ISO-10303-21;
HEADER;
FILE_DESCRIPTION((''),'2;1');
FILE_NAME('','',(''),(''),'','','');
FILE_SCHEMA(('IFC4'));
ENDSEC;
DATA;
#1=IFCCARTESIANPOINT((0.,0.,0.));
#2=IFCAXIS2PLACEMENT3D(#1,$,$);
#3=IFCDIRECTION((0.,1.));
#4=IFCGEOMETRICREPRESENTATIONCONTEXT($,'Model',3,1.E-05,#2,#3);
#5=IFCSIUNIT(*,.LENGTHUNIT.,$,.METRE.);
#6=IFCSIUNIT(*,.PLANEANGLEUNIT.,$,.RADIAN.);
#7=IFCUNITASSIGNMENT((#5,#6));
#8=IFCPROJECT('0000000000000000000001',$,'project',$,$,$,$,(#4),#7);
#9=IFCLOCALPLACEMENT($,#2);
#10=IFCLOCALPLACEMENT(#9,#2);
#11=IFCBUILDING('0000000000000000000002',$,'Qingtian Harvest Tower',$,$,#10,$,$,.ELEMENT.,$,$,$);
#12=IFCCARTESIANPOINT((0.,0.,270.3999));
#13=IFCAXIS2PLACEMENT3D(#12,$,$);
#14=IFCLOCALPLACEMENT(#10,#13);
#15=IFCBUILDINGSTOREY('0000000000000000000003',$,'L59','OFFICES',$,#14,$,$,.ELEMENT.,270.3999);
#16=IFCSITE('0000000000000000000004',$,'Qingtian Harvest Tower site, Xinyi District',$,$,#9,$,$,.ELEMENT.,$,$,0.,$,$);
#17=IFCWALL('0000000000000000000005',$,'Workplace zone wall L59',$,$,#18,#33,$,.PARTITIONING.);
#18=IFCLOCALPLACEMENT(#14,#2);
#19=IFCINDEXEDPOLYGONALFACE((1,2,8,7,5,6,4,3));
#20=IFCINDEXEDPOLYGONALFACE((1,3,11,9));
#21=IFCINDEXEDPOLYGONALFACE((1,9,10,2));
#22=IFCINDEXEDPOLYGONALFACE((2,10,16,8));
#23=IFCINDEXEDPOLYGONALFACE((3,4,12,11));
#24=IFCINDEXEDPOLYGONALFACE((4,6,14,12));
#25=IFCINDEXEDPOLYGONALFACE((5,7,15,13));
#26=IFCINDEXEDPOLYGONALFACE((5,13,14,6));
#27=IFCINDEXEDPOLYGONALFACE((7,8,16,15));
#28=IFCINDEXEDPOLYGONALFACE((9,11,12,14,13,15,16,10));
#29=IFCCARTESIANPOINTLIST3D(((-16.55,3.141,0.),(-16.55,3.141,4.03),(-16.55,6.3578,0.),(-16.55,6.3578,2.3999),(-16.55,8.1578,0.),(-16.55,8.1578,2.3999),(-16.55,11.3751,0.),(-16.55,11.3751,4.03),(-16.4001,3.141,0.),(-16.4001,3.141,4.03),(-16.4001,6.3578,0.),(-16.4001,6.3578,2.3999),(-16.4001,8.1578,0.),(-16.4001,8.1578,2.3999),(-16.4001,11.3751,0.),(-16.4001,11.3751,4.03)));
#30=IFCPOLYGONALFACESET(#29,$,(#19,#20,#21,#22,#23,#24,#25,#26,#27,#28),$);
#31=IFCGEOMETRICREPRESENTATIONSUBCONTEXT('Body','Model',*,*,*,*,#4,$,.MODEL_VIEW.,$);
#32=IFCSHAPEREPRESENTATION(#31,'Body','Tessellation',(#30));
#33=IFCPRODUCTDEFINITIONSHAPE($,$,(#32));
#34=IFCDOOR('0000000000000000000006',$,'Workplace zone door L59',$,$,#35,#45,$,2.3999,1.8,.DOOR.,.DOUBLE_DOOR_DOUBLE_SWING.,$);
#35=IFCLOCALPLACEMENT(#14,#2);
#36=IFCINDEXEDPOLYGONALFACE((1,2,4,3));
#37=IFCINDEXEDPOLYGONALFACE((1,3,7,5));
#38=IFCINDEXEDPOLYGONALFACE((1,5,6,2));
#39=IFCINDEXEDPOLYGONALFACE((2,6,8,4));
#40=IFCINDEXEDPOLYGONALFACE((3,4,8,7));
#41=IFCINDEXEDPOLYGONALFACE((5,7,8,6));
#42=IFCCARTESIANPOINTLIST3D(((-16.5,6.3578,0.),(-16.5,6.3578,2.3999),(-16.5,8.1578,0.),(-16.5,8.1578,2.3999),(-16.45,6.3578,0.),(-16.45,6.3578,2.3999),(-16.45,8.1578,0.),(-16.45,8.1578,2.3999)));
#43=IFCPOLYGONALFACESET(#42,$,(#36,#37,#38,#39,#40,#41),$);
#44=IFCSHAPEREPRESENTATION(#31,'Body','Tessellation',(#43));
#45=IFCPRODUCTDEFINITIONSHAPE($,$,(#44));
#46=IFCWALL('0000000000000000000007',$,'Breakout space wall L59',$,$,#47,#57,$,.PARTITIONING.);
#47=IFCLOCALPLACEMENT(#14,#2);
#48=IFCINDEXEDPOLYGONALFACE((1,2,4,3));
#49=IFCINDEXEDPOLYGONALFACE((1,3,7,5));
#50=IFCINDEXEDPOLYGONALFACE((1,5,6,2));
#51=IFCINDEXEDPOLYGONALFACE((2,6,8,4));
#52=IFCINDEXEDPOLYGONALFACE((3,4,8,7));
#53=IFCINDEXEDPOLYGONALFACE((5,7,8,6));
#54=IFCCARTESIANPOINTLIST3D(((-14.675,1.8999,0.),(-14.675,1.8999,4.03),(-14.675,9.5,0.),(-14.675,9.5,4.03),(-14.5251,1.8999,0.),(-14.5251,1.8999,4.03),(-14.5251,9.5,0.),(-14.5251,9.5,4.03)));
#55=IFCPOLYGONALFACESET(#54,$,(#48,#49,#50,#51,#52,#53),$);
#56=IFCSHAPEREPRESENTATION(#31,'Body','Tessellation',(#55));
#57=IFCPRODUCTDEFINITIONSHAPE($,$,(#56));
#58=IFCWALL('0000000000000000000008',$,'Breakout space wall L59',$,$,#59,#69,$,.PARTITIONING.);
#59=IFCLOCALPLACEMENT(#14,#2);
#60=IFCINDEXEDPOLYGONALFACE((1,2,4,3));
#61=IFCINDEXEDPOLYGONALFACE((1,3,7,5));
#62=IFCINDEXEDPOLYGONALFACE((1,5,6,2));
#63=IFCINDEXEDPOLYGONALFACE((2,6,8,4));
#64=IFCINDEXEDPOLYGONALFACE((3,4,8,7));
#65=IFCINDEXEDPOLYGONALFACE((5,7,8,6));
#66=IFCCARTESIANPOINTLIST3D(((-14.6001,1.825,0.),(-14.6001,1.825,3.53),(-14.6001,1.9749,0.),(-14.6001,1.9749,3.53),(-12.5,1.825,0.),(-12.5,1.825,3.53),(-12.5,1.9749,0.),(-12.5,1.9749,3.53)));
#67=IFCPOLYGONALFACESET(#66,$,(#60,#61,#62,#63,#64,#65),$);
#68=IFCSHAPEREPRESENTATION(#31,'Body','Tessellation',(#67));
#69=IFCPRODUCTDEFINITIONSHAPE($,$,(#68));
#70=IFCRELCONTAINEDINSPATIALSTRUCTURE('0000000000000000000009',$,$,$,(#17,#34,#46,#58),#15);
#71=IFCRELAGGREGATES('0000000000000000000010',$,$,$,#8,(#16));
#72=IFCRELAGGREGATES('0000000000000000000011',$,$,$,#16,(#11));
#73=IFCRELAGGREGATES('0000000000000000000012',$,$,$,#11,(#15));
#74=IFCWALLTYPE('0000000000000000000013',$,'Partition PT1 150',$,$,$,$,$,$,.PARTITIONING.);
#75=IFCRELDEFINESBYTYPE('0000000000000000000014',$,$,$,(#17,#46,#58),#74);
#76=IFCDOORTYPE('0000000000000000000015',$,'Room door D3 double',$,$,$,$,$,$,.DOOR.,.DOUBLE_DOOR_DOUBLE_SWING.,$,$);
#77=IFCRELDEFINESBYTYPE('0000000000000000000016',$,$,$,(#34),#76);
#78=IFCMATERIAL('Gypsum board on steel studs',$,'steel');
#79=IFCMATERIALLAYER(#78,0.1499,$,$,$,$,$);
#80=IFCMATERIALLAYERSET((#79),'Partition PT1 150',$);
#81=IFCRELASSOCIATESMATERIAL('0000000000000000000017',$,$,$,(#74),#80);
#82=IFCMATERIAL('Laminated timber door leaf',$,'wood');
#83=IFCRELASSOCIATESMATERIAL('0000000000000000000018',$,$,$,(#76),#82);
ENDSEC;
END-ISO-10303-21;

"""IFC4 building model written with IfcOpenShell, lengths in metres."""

from ifc_helpers import new_model, si_unit, direction, frame, frame_2d, origin, place, context, subcontext, project, spatial, rectangle, extrude, material, layer, layer_set, type_object, element, fill, save


model = new_model("IFC4")

# Units and contexts
model_context = context("Model", 3, precision=1e-05, world=origin(), true_north=direction((0.0, 1.0)))
body_context = subcontext(model_context, "Body", "Model", "MODEL_VIEW")
ifc_project = project(units=[si_unit("LENGTHUNIT", "METRE"), si_unit("PLANEANGLEUNIT", "RADIAN")], contexts=[model_context])

# Site, building, storey
site_placement = place(None, origin())
site = spatial("IfcSite", under=ifc_project, at=site_placement, Name="Qingtian Harvest Tower site, Xinyi District", CompositionType="ELEMENT", RefElevation=0.0)
building_placement = place(site_placement, origin())
building = spatial("IfcBuilding", under=site, at=building_placement, Name="Qingtian Harvest Tower", CompositionType="ELEMENT")
storey_placement = place(building_placement, frame((0.0, 0.0, 270.3999)))
storey = spatial("IfcBuildingStorey", under=building, at=storey_placement, Name="L59", Description="OFFICES", CompositionType="ELEMENT", Elevation=270.3999)

# Shared definitions
ifc_material_1 = material(Name="Gypsum board on steel studs", Category="steel")
ifc_layer_1 = layer(ifc_material_1, 0.1499)
ifc_layer_set_1 = layer_set([ifc_layer_1], Name="Partition PT1 150")
wall_type_1 = type_object("IfcWallType", Name="Partition PT1 150", PredefinedType="PARTITIONING", material=ifc_layer_set_1)

# Wall, opening, door
wall_1_placement = place(storey_placement, frame((-16.4751, 3.1409, 0.0), z_axis=(0.0, 0.0, 1.0), x_axis=(0.0, 1.0, 0.0)))
wall_1 = element("IfcWall", 1, at=wall_1_placement, inside=storey, type_object=wall_type_1, Name="Workplace zone wall L59", PredefinedType="PARTITIONING", context=body_context, shape_type="SweptSolid", body=[
    extrude(rectangle(XDim=8.2341, YDim=0.1499, at=frame_2d((4.1172, 0.0))), origin(), (0.0, 0.0, 1.0), 4.03),
])
opening_1_placement = place(wall_1_placement, frame((3.217, 0.0, 0.0)))
opening_1 = element("IfcOpeningElement", 2, at=opening_1_placement, cuts=wall_1, PredefinedType="OPENING", context=body_context, shape_type="SweptSolid", body=[
    extrude(rectangle(XDim=1.8, YDim=2.3999, at=frame_2d((0.8999, 1.2))), frame((0.0, 0.085, 0.0), z_axis=(0.0, -1.0, 0.0), x_axis=(1.0, 0.0, 0.0)), (0.0, 0.0, 1.0), 0.1699),
])
ifc_material_2 = material(Name="Laminated timber door leaf", Category="wood")
door_type_1 = type_object("IfcDoorType", Name="Room door D3 double", OperationType="DOUBLE_DOOR_DOUBLE_SWING", PredefinedType="DOOR", material=ifc_material_2)
door_1_placement = place(opening_1_placement, origin())
door_1 = element("IfcDoor", 3, at=door_1_placement, inside=storey, type_object=door_type_1, Name="Workplace zone door L59", OperationType="DOUBLE_DOOR_DOUBLE_SWING", OverallHeight=2.3999, OverallWidth=1.8, PredefinedType="DOOR", context=body_context, shape_type="SweptSolid", body=[
    extrude(rectangle(XDim=1.8, YDim=2.3999, at=frame_2d((0.8999, 1.2))), frame((0.0, 0.0249, 0.0), z_axis=(0.0, -1.0, 0.0), x_axis=(1.0, 0.0, 0.0)), (0.0, 0.0, 1.0), 0.05),
])
fill(opening_1, door_1)

# Walls
wall_2_placement = place(storey_placement, frame((-14.6001, 1.8999, 0.0), z_axis=(0.0, 0.0, 1.0), x_axis=(0.0, 1.0, 0.0)))
element("IfcWall", 4, at=wall_2_placement, inside=storey, type_object=wall_type_1, Name="Breakout space wall L59", PredefinedType="PARTITIONING", context=body_context, shape_type="SweptSolid", body=[
    extrude(rectangle(XDim=7.6001, YDim=0.1499, at=frame_2d((3.8, 0.0))), origin(), (0.0, 0.0, 1.0), 4.03),
])
wall_3_placement = place(storey_placement, frame((-12.5, 1.8999, 0.0), z_axis=(0.0, 0.0, 1.0), x_axis=(-1.0, 0.0, 0.0)))
element("IfcWall", 5, at=wall_3_placement, inside=storey, type_object=wall_type_1, Name="Breakout space wall L59", PredefinedType="PARTITIONING", context=body_context, shape_type="SweptSolid", body=[
    extrude(rectangle(XDim=2.1001, YDim=0.1499, at=frame_2d((1.05, 0.0))), origin(), (0.0, 0.0, 1.0), 3.53),
])

save(model, "model.ifc")
